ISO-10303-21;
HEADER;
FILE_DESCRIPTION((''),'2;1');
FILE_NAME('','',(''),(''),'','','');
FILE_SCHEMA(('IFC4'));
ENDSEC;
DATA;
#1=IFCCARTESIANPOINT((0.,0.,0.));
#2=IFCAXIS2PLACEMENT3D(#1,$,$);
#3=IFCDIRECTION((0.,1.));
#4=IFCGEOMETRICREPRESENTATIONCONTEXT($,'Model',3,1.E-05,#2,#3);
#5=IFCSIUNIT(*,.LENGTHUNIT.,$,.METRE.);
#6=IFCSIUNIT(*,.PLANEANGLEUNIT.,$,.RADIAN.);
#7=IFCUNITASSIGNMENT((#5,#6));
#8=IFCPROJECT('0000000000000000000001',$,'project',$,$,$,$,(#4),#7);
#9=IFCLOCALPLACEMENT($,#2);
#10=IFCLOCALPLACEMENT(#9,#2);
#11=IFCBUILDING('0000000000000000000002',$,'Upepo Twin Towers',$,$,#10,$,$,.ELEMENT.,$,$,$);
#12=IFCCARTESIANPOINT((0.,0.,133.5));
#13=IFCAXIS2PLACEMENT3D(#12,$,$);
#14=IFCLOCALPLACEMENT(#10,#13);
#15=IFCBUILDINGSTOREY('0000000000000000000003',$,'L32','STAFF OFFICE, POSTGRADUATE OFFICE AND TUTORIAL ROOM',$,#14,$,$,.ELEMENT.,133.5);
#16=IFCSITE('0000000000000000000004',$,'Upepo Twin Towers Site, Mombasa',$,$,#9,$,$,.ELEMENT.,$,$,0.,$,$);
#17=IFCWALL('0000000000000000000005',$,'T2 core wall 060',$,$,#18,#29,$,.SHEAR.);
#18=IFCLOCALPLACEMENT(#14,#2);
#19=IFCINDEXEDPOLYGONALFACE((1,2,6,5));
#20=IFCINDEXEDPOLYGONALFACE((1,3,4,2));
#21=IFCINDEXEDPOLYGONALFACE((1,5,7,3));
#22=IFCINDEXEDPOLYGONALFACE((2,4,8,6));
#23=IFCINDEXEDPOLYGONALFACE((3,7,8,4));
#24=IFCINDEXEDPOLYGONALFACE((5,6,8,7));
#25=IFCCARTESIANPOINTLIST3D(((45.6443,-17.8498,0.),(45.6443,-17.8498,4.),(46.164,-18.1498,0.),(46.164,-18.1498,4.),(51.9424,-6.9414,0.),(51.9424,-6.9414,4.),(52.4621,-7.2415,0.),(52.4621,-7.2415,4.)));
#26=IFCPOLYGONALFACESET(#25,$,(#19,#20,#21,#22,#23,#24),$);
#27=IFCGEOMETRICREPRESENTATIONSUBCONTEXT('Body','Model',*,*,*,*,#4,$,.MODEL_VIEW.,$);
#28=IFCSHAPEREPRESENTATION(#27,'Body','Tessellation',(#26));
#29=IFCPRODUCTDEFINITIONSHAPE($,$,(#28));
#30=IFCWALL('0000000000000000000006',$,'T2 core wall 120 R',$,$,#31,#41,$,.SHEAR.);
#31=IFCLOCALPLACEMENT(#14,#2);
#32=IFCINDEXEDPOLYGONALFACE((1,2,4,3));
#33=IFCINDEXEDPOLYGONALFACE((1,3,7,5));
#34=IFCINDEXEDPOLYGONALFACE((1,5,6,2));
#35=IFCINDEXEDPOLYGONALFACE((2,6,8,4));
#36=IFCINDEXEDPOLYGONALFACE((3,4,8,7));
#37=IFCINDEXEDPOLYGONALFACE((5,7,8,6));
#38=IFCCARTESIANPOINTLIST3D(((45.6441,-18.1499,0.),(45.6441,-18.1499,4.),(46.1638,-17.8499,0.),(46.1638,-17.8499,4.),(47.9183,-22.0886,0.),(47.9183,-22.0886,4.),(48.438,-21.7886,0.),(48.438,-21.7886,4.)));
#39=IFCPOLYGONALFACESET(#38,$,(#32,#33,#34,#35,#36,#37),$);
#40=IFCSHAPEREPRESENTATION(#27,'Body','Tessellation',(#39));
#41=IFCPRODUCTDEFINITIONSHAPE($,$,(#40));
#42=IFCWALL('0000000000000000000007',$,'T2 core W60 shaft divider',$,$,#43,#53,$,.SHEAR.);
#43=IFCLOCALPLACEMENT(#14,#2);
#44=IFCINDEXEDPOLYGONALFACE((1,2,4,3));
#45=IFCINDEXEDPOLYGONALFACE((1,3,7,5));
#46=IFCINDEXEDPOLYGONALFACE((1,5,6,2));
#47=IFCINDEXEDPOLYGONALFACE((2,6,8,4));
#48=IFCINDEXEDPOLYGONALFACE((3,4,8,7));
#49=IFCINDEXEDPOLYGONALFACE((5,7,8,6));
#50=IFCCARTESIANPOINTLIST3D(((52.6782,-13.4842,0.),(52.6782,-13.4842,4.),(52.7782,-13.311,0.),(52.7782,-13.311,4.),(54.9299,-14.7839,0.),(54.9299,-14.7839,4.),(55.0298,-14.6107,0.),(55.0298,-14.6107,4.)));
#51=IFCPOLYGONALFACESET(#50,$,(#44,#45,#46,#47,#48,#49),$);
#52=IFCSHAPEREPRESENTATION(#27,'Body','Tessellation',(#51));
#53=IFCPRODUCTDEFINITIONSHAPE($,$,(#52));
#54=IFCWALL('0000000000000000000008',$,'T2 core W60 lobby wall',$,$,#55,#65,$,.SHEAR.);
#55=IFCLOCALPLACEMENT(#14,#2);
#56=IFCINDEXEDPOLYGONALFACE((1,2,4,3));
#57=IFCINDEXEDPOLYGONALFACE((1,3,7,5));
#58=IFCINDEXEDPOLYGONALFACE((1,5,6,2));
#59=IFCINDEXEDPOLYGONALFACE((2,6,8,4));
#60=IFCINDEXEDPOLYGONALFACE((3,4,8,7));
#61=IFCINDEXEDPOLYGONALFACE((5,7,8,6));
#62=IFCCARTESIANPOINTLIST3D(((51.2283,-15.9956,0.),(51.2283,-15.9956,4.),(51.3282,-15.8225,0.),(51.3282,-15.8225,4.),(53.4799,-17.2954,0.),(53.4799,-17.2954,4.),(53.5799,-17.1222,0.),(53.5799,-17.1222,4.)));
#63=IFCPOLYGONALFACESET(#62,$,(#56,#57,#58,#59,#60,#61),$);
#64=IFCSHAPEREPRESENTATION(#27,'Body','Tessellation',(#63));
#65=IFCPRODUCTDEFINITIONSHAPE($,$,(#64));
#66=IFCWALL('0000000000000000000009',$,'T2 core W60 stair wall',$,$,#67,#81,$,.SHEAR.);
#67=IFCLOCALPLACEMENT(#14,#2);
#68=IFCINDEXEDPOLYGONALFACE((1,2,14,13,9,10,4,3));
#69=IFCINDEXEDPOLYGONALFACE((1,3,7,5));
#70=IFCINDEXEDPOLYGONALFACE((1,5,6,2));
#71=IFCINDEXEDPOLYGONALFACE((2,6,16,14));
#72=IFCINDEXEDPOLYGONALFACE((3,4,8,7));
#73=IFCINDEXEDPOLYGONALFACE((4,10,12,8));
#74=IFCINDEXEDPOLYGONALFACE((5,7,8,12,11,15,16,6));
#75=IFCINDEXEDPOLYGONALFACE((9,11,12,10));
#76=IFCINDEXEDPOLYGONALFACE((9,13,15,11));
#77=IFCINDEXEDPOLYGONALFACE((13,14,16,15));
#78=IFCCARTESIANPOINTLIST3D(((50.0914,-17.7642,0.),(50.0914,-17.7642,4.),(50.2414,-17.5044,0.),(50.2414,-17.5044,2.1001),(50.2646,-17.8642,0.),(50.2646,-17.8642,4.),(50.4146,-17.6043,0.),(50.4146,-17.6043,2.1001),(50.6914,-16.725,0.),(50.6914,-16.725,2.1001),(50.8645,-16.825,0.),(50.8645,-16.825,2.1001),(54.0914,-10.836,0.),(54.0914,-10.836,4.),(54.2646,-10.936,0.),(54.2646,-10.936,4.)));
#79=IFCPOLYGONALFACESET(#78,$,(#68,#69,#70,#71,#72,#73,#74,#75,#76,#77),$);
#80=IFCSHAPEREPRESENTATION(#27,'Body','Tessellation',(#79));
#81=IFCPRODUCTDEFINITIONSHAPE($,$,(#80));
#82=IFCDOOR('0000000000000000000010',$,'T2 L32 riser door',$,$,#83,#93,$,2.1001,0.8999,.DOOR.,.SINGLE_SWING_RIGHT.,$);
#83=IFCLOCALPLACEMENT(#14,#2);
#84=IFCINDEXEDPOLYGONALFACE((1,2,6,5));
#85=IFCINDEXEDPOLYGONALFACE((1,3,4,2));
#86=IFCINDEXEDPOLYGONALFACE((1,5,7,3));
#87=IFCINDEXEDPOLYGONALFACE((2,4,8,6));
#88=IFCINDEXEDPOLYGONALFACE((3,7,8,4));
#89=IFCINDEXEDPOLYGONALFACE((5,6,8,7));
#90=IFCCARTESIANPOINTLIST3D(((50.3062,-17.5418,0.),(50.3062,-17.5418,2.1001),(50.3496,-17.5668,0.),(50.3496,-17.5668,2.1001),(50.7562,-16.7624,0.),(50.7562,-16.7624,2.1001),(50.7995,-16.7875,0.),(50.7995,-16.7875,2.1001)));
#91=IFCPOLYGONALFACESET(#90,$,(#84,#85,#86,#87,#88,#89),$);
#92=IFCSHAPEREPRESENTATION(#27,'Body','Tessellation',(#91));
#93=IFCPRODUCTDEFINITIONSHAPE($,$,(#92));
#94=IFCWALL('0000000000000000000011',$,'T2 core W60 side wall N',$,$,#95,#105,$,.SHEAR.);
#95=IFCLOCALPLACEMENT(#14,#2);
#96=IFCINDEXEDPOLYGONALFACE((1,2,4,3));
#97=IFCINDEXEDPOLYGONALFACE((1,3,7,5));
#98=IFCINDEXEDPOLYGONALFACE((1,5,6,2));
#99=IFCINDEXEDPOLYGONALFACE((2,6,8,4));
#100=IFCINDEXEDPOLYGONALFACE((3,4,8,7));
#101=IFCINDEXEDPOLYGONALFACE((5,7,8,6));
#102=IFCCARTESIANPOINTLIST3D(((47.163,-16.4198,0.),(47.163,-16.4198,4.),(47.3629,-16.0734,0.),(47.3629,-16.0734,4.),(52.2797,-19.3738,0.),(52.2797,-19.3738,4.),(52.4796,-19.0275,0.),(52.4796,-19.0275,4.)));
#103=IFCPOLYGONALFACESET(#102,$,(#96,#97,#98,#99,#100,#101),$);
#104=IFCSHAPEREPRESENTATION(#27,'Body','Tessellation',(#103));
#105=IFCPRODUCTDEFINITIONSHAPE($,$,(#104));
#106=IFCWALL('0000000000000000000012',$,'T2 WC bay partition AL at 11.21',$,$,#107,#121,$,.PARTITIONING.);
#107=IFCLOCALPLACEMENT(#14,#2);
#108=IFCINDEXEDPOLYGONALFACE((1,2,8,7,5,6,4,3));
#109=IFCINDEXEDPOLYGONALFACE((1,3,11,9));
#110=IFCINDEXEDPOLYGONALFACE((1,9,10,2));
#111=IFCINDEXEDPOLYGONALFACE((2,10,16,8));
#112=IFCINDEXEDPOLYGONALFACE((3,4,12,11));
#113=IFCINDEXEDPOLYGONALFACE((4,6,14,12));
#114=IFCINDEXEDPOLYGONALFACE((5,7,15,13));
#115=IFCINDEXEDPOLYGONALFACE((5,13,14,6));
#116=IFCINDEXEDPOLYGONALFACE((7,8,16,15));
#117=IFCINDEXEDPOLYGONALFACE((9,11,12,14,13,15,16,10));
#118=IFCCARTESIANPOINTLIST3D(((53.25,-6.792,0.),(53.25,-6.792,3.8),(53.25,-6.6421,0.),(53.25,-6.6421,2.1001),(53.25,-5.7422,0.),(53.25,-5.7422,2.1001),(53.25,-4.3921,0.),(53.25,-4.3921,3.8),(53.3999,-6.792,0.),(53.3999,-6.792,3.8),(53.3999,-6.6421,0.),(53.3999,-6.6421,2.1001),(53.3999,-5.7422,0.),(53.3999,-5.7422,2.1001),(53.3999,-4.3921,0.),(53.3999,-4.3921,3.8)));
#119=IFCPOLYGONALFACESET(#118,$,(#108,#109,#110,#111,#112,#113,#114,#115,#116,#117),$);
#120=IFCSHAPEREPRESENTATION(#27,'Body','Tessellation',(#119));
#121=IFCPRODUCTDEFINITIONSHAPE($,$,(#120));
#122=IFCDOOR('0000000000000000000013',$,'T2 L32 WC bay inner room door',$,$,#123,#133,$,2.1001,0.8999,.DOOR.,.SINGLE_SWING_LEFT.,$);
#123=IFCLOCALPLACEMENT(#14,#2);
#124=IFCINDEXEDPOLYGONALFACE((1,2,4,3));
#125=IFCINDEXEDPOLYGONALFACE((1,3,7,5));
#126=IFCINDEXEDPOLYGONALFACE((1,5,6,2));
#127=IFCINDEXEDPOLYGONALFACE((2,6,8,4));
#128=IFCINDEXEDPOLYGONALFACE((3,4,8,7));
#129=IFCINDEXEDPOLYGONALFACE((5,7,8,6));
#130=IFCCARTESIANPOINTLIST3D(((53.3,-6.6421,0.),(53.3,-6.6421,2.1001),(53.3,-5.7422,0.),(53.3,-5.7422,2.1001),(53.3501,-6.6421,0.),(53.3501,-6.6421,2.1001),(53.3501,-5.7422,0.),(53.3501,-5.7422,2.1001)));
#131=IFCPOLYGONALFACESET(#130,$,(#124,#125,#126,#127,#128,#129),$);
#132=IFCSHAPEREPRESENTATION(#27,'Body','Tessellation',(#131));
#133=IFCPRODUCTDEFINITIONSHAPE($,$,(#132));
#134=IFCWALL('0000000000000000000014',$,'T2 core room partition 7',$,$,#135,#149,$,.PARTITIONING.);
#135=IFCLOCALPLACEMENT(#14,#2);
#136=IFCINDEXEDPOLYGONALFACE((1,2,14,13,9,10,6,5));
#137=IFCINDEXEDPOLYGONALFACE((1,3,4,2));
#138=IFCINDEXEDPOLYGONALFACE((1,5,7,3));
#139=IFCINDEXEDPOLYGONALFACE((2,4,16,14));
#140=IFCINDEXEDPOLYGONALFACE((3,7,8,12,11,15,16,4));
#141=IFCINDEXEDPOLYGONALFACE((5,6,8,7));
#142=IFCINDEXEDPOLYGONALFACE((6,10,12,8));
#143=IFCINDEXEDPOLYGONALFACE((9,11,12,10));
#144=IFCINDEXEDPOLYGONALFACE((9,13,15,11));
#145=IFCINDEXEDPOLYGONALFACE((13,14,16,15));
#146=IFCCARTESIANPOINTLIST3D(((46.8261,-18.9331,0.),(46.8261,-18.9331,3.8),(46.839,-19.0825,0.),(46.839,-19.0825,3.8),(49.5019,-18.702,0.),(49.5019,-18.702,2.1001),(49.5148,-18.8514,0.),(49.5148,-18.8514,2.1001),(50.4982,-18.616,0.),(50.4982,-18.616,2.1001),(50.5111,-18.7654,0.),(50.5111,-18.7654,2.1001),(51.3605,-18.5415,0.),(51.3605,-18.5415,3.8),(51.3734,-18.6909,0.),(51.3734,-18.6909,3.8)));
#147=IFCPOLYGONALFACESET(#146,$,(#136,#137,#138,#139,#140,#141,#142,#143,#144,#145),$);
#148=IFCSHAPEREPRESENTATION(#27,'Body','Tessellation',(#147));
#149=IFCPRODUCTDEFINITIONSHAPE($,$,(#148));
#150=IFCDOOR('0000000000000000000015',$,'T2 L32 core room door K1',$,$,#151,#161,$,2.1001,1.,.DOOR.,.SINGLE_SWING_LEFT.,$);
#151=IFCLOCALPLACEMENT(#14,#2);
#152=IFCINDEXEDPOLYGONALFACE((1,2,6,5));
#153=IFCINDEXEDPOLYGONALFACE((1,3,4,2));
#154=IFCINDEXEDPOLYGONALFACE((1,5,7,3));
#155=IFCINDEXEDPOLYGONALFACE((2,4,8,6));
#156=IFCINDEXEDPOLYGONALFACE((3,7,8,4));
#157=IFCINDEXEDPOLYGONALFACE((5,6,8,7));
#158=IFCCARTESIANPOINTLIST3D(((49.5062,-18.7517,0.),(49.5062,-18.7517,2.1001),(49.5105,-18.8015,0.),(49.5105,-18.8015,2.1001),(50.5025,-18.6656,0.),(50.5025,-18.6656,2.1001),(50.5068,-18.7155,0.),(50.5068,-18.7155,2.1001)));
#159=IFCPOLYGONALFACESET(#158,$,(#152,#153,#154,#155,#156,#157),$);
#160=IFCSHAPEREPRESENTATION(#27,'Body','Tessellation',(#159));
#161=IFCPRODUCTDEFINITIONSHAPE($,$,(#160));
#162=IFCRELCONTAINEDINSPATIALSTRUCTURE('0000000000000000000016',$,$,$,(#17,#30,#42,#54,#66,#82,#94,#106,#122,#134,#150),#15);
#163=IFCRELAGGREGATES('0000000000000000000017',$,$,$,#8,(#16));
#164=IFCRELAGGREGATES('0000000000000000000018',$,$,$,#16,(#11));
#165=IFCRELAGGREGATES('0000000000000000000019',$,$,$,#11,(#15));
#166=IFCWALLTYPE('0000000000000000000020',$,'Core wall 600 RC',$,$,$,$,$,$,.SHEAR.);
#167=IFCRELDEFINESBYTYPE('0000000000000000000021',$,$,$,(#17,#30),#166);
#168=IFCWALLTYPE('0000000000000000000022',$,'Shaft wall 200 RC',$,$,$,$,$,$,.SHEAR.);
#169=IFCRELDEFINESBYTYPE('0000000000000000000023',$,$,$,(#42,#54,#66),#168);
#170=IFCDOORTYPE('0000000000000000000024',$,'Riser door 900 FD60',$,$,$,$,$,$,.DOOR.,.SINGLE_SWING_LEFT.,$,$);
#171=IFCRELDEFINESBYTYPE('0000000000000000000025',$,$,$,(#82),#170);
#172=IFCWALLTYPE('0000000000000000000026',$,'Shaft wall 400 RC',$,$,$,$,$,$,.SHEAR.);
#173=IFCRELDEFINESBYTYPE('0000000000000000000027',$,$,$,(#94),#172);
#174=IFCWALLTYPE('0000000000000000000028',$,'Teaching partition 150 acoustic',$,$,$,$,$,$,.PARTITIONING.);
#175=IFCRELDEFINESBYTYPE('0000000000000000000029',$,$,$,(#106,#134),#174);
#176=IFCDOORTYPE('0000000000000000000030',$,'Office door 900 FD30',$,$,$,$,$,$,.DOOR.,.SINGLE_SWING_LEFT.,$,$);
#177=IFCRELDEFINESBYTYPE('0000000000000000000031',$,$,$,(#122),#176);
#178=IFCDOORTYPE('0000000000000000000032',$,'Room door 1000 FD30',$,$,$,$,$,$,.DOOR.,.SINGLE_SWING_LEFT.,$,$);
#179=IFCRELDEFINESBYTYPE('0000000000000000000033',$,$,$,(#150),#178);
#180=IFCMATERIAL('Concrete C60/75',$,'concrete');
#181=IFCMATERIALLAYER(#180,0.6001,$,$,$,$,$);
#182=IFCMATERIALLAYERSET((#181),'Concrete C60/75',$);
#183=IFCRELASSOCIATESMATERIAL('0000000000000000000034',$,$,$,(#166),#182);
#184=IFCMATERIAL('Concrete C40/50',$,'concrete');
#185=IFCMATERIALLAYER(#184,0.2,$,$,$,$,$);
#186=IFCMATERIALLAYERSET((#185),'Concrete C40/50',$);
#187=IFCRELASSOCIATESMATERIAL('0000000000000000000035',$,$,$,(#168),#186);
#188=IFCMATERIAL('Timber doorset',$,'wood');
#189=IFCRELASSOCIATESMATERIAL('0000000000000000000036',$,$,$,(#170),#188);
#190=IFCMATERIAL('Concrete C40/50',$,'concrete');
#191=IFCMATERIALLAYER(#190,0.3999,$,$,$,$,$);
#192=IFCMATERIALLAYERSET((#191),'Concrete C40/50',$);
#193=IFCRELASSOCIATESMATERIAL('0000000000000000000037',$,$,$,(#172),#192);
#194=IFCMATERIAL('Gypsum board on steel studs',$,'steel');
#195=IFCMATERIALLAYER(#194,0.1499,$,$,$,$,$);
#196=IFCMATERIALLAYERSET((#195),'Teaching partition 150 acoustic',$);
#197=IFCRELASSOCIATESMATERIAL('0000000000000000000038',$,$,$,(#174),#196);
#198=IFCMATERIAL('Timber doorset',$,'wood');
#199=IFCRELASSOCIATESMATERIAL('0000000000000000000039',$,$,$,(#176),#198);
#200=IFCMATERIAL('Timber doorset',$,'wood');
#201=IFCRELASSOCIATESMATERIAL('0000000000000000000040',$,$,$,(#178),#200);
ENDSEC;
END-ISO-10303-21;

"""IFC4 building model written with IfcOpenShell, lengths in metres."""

from ifc_helpers import new_model, si_unit, direction, frame, frame_2d, origin, place, context, subcontext, project, spatial, rectangle, extrude, material, layer, layer_set, type_object, element, fill, save


model = new_model("IFC4")

# Units and contexts
model_context = context("Model", 3, precision=1e-05, world=origin(), true_north=direction((0.0, 1.0)))
body_context = subcontext(model_context, "Body", "Model", "MODEL_VIEW")
ifc_project = project(units=[si_unit("LENGTHUNIT", "METRE"), si_unit("PLANEANGLEUNIT", "RADIAN")], contexts=[model_context])

# Site, building, storey
site_placement = place(None, origin())
site = spatial("IfcSite", under=ifc_project, at=site_placement, Name="Upepo Twin Towers Site, Mombasa", CompositionType="ELEMENT", RefElevation=0.0)
building_placement = place(site_placement, origin())
building = spatial("IfcBuilding", under=site, at=building_placement, Name="Upepo Twin Towers", CompositionType="ELEMENT")
storey_placement = place(building_placement, frame((0.0, 0.0, 133.5)))
storey = spatial("IfcBuildingStorey", under=building, at=storey_placement, Name="L32", Description="STAFF OFFICE, POSTGRADUATE OFFICE AND TUTORIAL ROOM", CompositionType="ELEMENT", Elevation=133.5)

# Walls
ifc_material_1 = material(Name="Concrete C60/75", Category="concrete")
ifc_layer_1 = layer(ifc_material_1, 0.6001)
ifc_layer_set_1 = layer_set([ifc_layer_1], Name="Concrete C60/75")
wall_type_1 = type_object("IfcWallType", Name="Core wall 600 RC", PredefinedType="SHEAR", material=ifc_layer_set_1)
wall_1_placement = place(storey_placement, frame((52.2021, -7.0916, 0.0), z_axis=(0.0, 0.0, 1.0), x_axis=(-0.500006, -0.866022, 0.0)))
element("IfcWall", 1, at=wall_1_placement, inside=storey, type_object=wall_type_1, Name="T2 core wall 060", PredefinedType="SHEAR", context=body_context, shape_type="SweptSolid", body=[
    extrude(rectangle(XDim=12.5959, YDim=0.6001, at=frame_2d((6.2979, 0.0))), origin(), (0.0, 0.0, 1.0), 4.0),
])
wall_2_placement = place(storey_placement, frame((45.9041, -18.0, 0.0), z_axis=(0.0, 0.0, 1.0), x_axis=(0.500024, -0.866011, 0.0)))
element("IfcWall", 2, at=wall_2_placement, inside=storey, type_object=wall_type_1, Name="T2 core wall 120 R", PredefinedType="SHEAR", context=body_context, shape_type="SweptSolid", body=[
    extrude(rectangle(XDim=4.5481, YDim=0.6001, at=frame_2d((2.2739, 0.0))), origin(), (0.0, 0.0, 1.0), 4.0),
])
ifc_material_2 = material(Name="Concrete C40/50", Category="concrete")
ifc_layer_2 = layer(ifc_material_2, 0.2)
ifc_layer_set_2 = layer_set([ifc_layer_2], Name="Concrete C40/50")
wall_type_2 = type_object("IfcWallType", Name="Shaft wall 200 RC", PredefinedType="SHEAR", material=ifc_layer_set_2)
for number, where, z_axis, x_axis, name in (
    (3, (54.9797, -14.6973, 0.0), (0.0, 0.0, 1.0), (-0.866062, 0.499937, 0.0), "T2 core W60 shaft divider"),
    (4, (53.5298, -17.2087, 0.0), (0.0, 0.0, 1.0), (-0.866062, 0.499937, 0.0), "T2 core W60 lobby wall"),
):
    element("IfcWall", number, at=place(storey_placement, frame(where, z_axis=z_axis, x_axis=x_axis)), inside=storey, type_object=wall_type_2, Name=name, PredefinedType="SHEAR", context=body_context, shape_type="SweptSolid", body=[
        extrude(rectangle(XDim=2.5999, YDim=0.2, at=frame_2d((1.2998, 0.0))), origin(), (0.0, 0.0, 1.0), 4.0),
    ])

# Wall, opening, door
wall_3_placement = place(storey_placement, frame((54.178, -10.886, 0.0), z_axis=(0.0, 0.0, 1.0), x_axis=(-0.499999, -0.866026, 0.0)))
wall_3 = element("IfcWall", 5, at=wall_3_placement, inside=storey, type_object=wall_type_2, Name="T2 core W60 stair wall", PredefinedType="SHEAR", context=body_context, shape_type="SweptSolid", body=[
    extrude(rectangle(XDim=8.0, YDim=0.2, at=frame_2d((4.0, 0.0))), origin(), (0.0, 0.0, 1.0), 4.0),
])
opening_1_placement = place(wall_3_placement, frame((6.8, 0.0, 0.0)))
opening_1 = element("IfcOpeningElement", 6, at=opening_1_placement, cuts=wall_3, PredefinedType="OPENING", context=body_context, shape_type="SweptSolid", body=[
    extrude(rectangle(XDim=0.8999, YDim=2.1001, at=frame_2d((0.45, 1.05))), frame((0.0, 0.1099, 0.0), z_axis=(0.0, -1.0, 0.0), x_axis=(1.0, 0.0, 0.0)), (0.0, 0.0, 1.0), 0.22),
])
ifc_material_3 = material(Name="Timber doorset", Category="wood")
door_type_1 = type_object("IfcDoorType", Name="Riser door 900 FD60", OperationType="SINGLE_SWING_LEFT", PredefinedType="DOOR", material=ifc_material_3)
door_1_placement = place(opening_1_placement, origin())
door_1 = element("IfcDoor", 7, at=door_1_placement, inside=storey, type_object=door_type_1, Name="T2 L32 riser door", OperationType="SINGLE_SWING_RIGHT", OverallHeight=2.1001, OverallWidth=0.8999, PredefinedType="DOOR", context=body_context, shape_type="SweptSolid", body=[
    extrude(rectangle(XDim=0.8999, YDim=2.1001, at=frame_2d((0.45, 1.05))), frame((0.0, 0.0249, 0.0), z_axis=(0.0, -1.0, 0.0), x_axis=(1.0, 0.0, 0.0)), (0.0, 0.0, 1.0), 0.05),
])
fill(opening_1, door_1)

# Wall
ifc_material_4 = material(Name="Concrete C40/50", Category="concrete")
ifc_layer_3 = layer(ifc_material_4, 0.3999)
ifc_layer_set_3 = layer_set([ifc_layer_3], Name="Concrete C40/50")
wall_type_3 = type_object("IfcWallType", Name="Shaft wall 400 RC", PredefinedType="SHEAR", material=ifc_layer_set_3)
wall_4_placement = place(storey_placement, frame((52.3796, -19.2007, 0.0), z_axis=(0.0, 0.0, 1.0), x_axis=(-0.866027, 0.499997, 0.0)))
element("IfcWall", 8, at=wall_4_placement, inside=storey, type_object=wall_type_3, Name="T2 core W60 side wall N", PredefinedType="SHEAR", context=body_context, shape_type="SweptSolid", body=[
    extrude(rectangle(XDim=5.9082, YDim=0.3999, at=frame_2d((2.9541, 0.0))), origin(), (0.0, 0.0, 1.0), 4.0),
])

# Walls, openings, doors
ifc_material_5 = material(Name="Gypsum board on steel studs", Category="steel")
ifc_layer_4 = layer(ifc_material_5, 0.1499)
ifc_layer_set_4 = layer_set([ifc_layer_4], Name="Teaching partition 150 acoustic")
wall_type_4 = type_object("IfcWallType", Name="Teaching partition 150 acoustic", PredefinedType="PARTITIONING", material=ifc_layer_set_4)
wall_5_placement = place(storey_placement, frame((53.325, -6.792, 0.0), z_axis=(0.0, 0.0, 1.0), x_axis=(0.0, 1.0, 0.0)))
wall_5 = element("IfcWall", 9, at=wall_5_placement, inside=storey, type_object=wall_type_4, Name="T2 WC bay partition AL at 11.21", PredefinedType="PARTITIONING", context=body_context, shape_type="SweptSolid", body=[
    extrude(rectangle(XDim=2.3999, YDim=0.1499, at=frame_2d((1.2, 0.0))), origin(), (0.0, 0.0, 1.0), 3.8),
])
opening_2_placement = place(wall_5_placement, frame((0.1499, 0.0, 0.0)))
opening_2 = element("IfcOpeningElement", 10, at=opening_2_placement, cuts=wall_5, PredefinedType="OPENING", context=body_context, shape_type="SweptSolid", body=[
    extrude(rectangle(XDim=0.8999, YDim=2.1001, at=frame_2d((0.45, 1.05))), frame((0.0, 0.085, 0.0), z_axis=(0.0, -1.0, 0.0), x_axis=(1.0, 0.0, 0.0)), (0.0, 0.0, 1.0), 0.1699),
])
ifc_material_6 = material(Name="Timber doorset", Category="wood")
door_type_2 = type_object("IfcDoorType", Name="Office door 900 FD30", OperationType="SINGLE_SWING_LEFT", PredefinedType="DOOR", material=ifc_material_6)
door_2_placement = place(opening_2_placement, origin())
door_2 = element("IfcDoor", 11, at=door_2_placement, inside=storey, type_object=door_type_2, Name="T2 L32 WC bay inner room door", OperationType="SINGLE_SWING_LEFT", OverallHeight=2.1001, OverallWidth=0.8999, PredefinedType="DOOR", context=body_context, shape_type="SweptSolid", body=[
    extrude(rectangle(XDim=0.8999, YDim=2.1001, at=frame_2d((0.45, 1.05))), frame((0.0, 0.0249, 0.0), z_axis=(0.0, -1.0, 0.0), x_axis=(1.0, 0.0, 0.0)), (0.0, 0.0, 1.0), 0.05),
])
fill(opening_2, door_2)
wall_6_placement = place(storey_placement, frame((51.3669, -18.6162, 0.0), z_axis=(0.0, 0.0, 1.0), x_axis=(-0.996292, -0.086042, 0.0)))
wall_6 = element("IfcWall", 12, at=wall_6_placement, inside=storey, type_object=wall_type_4, Name="T2 core room partition 7", PredefinedType="PARTITIONING", context=body_context, shape_type="SweptSolid", body=[
    extrude(rectangle(XDim=4.5513, YDim=0.1499, at=frame_2d((2.2756, 0.0))), origin(), (0.0, 0.0, 1.0), 3.8),
])
opening_3_placement = place(wall_6_placement, frame((0.8655, 0.0, 0.0)))
opening_3 = element("IfcOpeningElement", 13, at=opening_3_placement, cuts=wall_6, PredefinedType="OPENING", context=body_context, shape_type="SweptSolid", body=[
    extrude(rectangle(XDim=1.0, YDim=2.1001, at=frame_2d((0.5, 1.05))), frame((0.0, 0.085, 0.0), z_axis=(0.0, -1.0, 0.0), x_axis=(1.0, 0.0, 0.0)), (0.0, 0.0, 1.0), 0.1699),
])
ifc_material_7 = material(Name="Timber doorset", Category="wood")
door_type_3 = type_object("IfcDoorType", Name="Room door 1000 FD30", OperationType="SINGLE_SWING_LEFT", PredefinedType="DOOR", material=ifc_material_7)
door_3_placement = place(opening_3_placement, origin())
door_3 = element("IfcDoor", 14, at=door_3_placement, inside=storey, type_object=door_type_3, Name="T2 L32 core room door K1", OperationType="SINGLE_SWING_LEFT", OverallHeight=2.1001, OverallWidth=1.0, PredefinedType="DOOR", context=body_context, shape_type="SweptSolid", body=[
    extrude(rectangle(XDim=1.0, YDim=2.1001, at=frame_2d((0.5, 1.05))), frame((0.0, 0.0249, 0.0), z_axis=(0.0, -1.0, 0.0), x_axis=(1.0, 0.0, 0.0)), (0.0, 0.0, 1.0), 0.05),
])
fill(opening_3, door_3)

save(model, "model.ifc")
